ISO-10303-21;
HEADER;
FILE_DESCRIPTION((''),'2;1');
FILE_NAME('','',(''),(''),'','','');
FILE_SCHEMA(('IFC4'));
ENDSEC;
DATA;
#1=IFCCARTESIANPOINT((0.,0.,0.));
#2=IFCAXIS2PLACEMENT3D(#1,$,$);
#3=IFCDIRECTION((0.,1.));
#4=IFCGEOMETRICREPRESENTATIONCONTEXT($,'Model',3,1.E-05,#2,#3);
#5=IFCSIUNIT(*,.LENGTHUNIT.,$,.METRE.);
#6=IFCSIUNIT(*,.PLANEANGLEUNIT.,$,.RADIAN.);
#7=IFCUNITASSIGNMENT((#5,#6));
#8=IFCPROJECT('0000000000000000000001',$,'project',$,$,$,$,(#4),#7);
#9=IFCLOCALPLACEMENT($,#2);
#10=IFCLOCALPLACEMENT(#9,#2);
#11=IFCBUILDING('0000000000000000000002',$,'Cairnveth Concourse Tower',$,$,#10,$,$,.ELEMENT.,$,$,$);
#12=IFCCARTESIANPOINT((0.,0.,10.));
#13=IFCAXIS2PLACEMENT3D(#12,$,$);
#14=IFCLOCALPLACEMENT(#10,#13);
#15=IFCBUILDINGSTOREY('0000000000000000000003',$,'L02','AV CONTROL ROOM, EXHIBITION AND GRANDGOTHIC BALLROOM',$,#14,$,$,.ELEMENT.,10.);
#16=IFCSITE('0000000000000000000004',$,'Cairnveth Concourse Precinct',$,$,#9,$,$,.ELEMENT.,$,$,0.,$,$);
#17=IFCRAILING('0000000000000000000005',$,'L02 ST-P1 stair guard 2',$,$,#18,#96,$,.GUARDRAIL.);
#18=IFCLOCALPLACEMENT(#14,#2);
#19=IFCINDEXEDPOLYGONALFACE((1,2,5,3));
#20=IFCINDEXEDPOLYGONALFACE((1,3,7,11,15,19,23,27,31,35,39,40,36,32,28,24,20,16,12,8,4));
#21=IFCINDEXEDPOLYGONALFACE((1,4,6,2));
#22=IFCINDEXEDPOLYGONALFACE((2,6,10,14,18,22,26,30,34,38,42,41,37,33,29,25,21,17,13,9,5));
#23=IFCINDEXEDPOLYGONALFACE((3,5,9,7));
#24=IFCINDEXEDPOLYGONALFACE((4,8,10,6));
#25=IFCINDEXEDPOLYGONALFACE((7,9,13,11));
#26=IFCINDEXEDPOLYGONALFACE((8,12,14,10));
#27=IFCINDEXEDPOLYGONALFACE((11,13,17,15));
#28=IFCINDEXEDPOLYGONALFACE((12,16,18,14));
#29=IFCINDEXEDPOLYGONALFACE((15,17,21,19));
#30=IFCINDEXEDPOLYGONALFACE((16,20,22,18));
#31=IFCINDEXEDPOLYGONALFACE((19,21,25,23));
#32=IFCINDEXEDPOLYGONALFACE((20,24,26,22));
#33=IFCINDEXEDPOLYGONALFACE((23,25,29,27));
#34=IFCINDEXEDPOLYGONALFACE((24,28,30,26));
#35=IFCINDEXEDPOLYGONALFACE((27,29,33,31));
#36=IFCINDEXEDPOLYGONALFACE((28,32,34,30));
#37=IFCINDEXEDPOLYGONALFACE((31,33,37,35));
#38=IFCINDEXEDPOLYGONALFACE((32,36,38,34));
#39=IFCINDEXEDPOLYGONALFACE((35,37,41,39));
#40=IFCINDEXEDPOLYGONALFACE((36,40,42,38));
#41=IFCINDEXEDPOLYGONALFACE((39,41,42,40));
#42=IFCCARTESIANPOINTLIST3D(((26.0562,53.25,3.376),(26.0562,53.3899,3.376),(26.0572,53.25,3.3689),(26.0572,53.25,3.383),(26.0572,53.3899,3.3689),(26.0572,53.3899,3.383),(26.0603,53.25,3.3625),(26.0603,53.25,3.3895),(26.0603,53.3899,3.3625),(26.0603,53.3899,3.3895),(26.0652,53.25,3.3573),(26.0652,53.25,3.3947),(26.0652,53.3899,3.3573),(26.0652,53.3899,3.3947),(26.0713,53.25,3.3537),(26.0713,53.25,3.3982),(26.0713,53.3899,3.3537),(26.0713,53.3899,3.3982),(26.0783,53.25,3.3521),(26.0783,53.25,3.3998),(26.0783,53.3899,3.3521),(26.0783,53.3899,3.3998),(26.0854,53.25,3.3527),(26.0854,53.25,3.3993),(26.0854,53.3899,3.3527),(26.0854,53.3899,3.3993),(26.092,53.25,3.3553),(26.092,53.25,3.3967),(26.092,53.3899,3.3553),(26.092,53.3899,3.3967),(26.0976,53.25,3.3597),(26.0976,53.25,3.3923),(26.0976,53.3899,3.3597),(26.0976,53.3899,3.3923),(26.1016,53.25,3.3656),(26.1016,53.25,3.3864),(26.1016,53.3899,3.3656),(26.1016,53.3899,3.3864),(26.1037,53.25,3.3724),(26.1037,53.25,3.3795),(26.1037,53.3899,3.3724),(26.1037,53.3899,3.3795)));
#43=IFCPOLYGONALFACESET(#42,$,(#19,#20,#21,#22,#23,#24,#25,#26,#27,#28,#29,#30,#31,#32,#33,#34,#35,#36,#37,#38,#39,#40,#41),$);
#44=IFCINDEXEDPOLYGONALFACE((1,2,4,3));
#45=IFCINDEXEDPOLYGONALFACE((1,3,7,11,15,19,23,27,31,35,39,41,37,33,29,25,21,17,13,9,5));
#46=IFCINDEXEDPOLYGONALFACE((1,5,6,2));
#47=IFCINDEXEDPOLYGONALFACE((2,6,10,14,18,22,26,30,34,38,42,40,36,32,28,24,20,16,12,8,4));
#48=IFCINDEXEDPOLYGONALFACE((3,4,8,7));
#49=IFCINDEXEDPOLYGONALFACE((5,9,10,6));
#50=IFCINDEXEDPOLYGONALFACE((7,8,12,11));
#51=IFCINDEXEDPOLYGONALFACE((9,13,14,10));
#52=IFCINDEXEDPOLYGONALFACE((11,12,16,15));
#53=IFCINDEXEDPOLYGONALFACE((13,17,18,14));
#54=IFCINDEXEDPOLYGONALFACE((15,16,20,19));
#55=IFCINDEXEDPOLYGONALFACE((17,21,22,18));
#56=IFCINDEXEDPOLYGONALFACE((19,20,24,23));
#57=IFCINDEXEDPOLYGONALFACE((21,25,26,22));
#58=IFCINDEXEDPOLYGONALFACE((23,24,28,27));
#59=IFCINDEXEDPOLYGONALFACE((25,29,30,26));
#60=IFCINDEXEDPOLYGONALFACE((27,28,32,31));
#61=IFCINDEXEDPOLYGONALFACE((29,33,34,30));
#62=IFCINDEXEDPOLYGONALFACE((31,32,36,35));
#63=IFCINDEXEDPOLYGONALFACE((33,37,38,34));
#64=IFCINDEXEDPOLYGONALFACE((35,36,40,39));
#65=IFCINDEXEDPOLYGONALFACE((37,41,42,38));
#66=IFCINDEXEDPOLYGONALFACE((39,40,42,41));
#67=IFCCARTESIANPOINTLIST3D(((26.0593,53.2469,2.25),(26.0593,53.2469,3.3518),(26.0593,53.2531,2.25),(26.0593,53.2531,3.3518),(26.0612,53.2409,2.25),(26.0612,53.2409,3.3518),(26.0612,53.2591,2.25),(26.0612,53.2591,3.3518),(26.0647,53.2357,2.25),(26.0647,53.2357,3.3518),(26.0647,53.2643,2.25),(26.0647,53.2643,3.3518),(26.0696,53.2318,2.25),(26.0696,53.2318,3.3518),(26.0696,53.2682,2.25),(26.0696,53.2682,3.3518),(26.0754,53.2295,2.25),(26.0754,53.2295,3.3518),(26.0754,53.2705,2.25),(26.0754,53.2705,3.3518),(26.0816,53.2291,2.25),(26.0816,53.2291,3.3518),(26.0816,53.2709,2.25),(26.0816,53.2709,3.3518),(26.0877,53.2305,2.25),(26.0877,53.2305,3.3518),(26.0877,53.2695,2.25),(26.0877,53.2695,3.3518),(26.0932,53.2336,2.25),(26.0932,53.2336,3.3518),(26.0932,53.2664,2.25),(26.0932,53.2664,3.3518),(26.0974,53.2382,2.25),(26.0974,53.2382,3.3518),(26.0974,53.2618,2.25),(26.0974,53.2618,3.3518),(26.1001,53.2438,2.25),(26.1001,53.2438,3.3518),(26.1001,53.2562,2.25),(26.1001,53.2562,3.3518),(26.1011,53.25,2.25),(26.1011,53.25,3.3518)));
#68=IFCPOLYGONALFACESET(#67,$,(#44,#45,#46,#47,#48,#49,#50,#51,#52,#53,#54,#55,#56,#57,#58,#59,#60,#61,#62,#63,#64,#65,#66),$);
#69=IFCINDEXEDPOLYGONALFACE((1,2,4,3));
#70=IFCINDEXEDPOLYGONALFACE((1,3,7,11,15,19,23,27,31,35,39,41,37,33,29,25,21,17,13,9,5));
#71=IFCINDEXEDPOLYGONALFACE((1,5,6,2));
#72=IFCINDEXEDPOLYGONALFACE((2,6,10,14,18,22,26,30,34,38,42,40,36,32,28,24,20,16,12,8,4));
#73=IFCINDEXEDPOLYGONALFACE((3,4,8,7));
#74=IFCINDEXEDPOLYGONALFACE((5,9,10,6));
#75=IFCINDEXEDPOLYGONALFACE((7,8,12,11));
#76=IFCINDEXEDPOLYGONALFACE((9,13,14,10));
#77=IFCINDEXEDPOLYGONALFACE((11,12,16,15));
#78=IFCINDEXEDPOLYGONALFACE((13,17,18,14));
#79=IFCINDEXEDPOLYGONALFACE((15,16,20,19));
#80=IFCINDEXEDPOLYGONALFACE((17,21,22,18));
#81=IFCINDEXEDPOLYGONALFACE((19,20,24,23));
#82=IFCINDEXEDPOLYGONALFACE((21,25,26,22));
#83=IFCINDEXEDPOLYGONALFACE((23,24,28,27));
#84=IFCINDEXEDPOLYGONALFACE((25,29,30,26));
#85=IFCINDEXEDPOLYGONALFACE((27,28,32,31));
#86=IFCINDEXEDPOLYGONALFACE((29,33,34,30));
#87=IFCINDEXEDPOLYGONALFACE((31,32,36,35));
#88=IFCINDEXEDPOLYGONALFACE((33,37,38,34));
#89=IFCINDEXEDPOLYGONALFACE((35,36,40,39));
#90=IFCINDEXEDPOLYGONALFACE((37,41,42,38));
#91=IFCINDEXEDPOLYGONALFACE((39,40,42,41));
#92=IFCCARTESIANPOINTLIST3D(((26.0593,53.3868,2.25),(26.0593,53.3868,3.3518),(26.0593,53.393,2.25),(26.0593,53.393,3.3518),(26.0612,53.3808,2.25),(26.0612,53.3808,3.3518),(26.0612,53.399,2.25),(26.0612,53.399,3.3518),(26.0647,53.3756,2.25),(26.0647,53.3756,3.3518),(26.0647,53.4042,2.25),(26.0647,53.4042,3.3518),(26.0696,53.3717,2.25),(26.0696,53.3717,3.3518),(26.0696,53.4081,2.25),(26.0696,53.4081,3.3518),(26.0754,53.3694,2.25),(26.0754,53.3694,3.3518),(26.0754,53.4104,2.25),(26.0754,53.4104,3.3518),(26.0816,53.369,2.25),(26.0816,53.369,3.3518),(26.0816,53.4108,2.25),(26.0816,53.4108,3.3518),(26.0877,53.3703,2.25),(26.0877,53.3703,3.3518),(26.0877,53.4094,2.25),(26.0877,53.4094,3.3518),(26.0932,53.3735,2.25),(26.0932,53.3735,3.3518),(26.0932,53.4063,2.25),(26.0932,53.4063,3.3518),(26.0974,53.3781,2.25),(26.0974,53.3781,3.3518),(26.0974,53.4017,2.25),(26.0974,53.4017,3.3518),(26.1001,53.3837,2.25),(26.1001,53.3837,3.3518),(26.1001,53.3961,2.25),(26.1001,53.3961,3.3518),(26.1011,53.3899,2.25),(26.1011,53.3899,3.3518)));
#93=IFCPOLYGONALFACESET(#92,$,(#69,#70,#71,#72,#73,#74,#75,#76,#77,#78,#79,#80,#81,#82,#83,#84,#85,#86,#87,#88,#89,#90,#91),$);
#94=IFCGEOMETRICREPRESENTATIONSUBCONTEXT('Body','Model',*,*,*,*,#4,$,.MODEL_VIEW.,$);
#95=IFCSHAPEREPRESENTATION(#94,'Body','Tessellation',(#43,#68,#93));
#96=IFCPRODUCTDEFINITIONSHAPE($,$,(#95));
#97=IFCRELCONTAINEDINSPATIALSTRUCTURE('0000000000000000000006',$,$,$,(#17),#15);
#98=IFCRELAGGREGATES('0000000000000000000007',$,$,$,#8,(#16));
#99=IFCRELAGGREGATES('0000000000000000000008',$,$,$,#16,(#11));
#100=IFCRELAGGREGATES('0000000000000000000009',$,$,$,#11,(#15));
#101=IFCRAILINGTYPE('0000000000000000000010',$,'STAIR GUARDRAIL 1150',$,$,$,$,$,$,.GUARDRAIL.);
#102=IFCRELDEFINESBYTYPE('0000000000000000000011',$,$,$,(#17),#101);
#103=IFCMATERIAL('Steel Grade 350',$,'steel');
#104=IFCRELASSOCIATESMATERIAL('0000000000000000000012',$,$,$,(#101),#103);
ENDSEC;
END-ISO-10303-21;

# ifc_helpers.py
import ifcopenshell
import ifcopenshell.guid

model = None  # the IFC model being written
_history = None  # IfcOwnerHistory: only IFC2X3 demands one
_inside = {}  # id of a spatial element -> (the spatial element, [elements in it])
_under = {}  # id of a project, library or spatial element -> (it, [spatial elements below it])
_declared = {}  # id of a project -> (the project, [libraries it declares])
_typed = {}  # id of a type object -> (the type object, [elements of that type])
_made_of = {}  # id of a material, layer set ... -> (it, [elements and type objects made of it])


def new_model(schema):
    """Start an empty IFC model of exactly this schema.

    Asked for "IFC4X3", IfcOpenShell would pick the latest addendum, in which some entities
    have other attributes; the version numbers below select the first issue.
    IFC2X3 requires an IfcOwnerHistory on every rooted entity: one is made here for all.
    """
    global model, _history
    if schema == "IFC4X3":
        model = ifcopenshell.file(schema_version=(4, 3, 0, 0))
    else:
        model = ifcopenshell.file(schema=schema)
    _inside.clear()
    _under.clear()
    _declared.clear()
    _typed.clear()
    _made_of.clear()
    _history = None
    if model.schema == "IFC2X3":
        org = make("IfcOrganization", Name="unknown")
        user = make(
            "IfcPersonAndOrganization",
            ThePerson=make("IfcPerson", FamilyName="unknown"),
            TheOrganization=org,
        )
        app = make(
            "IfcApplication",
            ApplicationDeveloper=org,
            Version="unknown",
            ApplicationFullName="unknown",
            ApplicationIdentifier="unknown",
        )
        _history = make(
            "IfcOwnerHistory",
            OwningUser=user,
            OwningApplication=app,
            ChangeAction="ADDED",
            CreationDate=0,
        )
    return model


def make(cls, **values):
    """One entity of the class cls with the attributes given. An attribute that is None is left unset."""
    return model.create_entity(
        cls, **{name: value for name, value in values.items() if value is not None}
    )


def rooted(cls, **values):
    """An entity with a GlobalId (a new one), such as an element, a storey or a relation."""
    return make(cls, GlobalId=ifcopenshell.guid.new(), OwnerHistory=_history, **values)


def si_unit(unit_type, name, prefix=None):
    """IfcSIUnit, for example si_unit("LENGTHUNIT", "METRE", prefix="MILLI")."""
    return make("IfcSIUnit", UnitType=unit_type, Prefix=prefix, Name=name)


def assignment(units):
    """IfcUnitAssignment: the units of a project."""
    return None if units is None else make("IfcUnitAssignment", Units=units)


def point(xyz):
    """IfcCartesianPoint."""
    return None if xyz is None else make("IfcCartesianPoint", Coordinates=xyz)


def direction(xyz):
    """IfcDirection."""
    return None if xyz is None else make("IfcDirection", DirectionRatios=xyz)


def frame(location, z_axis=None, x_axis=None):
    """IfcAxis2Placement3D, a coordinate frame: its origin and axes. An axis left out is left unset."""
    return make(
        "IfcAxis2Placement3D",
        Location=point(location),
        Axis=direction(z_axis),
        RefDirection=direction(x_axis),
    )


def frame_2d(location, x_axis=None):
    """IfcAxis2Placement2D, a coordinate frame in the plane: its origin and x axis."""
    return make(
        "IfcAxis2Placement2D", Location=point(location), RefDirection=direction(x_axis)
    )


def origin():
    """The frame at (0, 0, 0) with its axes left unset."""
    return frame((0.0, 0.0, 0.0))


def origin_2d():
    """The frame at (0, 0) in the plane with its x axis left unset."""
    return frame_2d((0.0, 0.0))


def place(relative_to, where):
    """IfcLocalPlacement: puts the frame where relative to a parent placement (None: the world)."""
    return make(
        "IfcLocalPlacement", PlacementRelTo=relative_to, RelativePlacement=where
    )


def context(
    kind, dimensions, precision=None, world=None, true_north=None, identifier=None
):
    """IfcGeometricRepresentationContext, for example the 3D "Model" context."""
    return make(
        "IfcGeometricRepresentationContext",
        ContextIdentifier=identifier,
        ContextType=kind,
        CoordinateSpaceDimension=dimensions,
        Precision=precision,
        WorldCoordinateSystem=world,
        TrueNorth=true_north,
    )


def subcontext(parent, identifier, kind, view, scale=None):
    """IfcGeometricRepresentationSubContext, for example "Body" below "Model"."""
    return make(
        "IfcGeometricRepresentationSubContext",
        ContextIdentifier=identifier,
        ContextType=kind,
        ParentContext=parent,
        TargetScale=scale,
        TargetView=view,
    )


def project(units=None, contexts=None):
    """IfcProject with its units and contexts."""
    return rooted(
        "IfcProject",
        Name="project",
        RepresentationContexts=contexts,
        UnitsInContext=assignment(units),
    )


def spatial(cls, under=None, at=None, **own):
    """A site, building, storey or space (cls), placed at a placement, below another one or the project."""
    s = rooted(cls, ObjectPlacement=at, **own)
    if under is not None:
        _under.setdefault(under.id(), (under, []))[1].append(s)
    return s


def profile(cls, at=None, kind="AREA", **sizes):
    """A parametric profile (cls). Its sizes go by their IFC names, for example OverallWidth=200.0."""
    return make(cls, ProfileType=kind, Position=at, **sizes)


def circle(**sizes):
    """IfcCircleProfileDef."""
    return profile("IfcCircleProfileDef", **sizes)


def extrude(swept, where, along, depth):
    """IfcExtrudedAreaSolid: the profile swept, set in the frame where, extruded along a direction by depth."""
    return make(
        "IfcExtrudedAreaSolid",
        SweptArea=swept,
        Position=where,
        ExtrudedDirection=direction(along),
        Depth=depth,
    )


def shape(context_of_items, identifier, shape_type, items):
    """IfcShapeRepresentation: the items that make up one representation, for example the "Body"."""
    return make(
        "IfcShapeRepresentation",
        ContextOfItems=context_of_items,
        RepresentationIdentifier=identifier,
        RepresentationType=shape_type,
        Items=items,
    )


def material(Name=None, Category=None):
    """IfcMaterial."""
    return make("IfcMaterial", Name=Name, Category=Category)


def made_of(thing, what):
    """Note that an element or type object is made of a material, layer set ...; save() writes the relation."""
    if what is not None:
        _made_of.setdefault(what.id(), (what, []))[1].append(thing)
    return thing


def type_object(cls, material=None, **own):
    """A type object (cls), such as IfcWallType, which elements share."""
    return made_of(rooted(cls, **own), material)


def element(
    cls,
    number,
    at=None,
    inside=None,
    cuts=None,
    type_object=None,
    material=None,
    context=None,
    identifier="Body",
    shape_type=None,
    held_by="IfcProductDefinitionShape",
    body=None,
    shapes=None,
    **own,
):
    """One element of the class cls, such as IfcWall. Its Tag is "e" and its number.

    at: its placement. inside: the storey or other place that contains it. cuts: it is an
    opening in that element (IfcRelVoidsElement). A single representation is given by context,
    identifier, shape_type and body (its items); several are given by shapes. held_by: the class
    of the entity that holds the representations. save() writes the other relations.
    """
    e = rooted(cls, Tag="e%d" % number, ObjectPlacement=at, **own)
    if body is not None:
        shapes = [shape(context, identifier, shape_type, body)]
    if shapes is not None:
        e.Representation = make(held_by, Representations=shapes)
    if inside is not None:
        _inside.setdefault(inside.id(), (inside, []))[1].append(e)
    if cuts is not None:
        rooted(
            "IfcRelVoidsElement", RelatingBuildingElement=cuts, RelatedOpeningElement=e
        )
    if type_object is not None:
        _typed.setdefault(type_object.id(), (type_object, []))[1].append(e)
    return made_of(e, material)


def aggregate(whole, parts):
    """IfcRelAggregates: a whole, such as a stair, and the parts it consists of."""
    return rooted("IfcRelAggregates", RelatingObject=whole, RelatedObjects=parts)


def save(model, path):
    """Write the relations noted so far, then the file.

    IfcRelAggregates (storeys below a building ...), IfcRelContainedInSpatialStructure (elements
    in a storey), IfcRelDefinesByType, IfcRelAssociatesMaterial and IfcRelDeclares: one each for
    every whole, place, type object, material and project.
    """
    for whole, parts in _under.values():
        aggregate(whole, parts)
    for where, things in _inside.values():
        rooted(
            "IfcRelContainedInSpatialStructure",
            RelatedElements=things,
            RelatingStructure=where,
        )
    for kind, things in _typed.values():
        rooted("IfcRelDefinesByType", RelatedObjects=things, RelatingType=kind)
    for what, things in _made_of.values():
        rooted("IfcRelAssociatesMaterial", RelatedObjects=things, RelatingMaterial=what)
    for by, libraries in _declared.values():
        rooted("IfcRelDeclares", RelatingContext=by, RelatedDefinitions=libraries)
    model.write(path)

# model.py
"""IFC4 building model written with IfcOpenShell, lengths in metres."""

from ifc_helpers import new_model, si_unit, direction, frame, origin, origin_2d, place, context, subcontext, project, spatial, circle, extrude, material, type_object, element, save


model = new_model("IFC4")

# Units and contexts
model_context = context("Model", 3, precision=1e-05, world=origin(), true_north=direction((0.0, 1.0)))
body_context = subcontext(model_context, "Body", "Model", "MODEL_VIEW")
ifc_project = project(units=[si_unit("LENGTHUNIT", "METRE"), si_unit("PLANEANGLEUNIT", "RADIAN")], contexts=[model_context])

# Site, building, storey
site_placement = place(None, origin())
site = spatial("IfcSite", under=ifc_project, at=site_placement, Name="Cairnveth Concourse Precinct", CompositionType="ELEMENT", RefElevation=0.0)
building_placement = place(site_placement, origin())
building = spatial("IfcBuilding", under=site, at=building_placement, Name="Cairnveth Concourse Tower", CompositionType="ELEMENT")
storey_placement = place(building_placement, frame((0.0, 0.0, 10.0)))
storey = spatial("IfcBuildingStorey", under=building, at=storey_placement, Name="L02", Description="AV CONTROL ROOM, EXHIBITION AND GRANDGOTHIC BALLROOM", CompositionType="ELEMENT", Elevation=10.0)

# Shared definitions
ifc_material_1 = material(Name="Steel Grade 350", Category="steel")

# Railing
railing_type_1 = type_object("IfcRailingType", Name="STAIR GUARDRAIL 1150", PredefinedType="GUARDRAIL", material=ifc_material_1)
railing_1_placement = place(storey_placement, frame((26.0801, 53.25, 2.25)))
element("IfcRailing", 1, at=railing_1_placement, inside=storey, type_object=railing_type_1, Name="L02 ST-P1 stair guard 2", PredefinedType="GUARDRAIL", context=body_context, shape_type="SweptSolid", body=[
    extrude(circle(Radius=0.0239, at=origin_2d()), frame((0.0, 0.0, 1.126), z_axis=(0.0, 1.0, 0.0), x_axis=(-1.0, 0.0, 0.0)), (0.0, 0.0, 1.0), 0.1399),
    extrude(circle(Radius=0.021, at=origin_2d()), origin(), (0.0, 0.0, 1.0), 1.1018),
    extrude(circle(Radius=0.021, at=origin_2d()), frame((0.0, 0.1399, 0.0)), (0.0, 0.0, 1.0), 1.1018),
])

save(model, "model.ifc")
